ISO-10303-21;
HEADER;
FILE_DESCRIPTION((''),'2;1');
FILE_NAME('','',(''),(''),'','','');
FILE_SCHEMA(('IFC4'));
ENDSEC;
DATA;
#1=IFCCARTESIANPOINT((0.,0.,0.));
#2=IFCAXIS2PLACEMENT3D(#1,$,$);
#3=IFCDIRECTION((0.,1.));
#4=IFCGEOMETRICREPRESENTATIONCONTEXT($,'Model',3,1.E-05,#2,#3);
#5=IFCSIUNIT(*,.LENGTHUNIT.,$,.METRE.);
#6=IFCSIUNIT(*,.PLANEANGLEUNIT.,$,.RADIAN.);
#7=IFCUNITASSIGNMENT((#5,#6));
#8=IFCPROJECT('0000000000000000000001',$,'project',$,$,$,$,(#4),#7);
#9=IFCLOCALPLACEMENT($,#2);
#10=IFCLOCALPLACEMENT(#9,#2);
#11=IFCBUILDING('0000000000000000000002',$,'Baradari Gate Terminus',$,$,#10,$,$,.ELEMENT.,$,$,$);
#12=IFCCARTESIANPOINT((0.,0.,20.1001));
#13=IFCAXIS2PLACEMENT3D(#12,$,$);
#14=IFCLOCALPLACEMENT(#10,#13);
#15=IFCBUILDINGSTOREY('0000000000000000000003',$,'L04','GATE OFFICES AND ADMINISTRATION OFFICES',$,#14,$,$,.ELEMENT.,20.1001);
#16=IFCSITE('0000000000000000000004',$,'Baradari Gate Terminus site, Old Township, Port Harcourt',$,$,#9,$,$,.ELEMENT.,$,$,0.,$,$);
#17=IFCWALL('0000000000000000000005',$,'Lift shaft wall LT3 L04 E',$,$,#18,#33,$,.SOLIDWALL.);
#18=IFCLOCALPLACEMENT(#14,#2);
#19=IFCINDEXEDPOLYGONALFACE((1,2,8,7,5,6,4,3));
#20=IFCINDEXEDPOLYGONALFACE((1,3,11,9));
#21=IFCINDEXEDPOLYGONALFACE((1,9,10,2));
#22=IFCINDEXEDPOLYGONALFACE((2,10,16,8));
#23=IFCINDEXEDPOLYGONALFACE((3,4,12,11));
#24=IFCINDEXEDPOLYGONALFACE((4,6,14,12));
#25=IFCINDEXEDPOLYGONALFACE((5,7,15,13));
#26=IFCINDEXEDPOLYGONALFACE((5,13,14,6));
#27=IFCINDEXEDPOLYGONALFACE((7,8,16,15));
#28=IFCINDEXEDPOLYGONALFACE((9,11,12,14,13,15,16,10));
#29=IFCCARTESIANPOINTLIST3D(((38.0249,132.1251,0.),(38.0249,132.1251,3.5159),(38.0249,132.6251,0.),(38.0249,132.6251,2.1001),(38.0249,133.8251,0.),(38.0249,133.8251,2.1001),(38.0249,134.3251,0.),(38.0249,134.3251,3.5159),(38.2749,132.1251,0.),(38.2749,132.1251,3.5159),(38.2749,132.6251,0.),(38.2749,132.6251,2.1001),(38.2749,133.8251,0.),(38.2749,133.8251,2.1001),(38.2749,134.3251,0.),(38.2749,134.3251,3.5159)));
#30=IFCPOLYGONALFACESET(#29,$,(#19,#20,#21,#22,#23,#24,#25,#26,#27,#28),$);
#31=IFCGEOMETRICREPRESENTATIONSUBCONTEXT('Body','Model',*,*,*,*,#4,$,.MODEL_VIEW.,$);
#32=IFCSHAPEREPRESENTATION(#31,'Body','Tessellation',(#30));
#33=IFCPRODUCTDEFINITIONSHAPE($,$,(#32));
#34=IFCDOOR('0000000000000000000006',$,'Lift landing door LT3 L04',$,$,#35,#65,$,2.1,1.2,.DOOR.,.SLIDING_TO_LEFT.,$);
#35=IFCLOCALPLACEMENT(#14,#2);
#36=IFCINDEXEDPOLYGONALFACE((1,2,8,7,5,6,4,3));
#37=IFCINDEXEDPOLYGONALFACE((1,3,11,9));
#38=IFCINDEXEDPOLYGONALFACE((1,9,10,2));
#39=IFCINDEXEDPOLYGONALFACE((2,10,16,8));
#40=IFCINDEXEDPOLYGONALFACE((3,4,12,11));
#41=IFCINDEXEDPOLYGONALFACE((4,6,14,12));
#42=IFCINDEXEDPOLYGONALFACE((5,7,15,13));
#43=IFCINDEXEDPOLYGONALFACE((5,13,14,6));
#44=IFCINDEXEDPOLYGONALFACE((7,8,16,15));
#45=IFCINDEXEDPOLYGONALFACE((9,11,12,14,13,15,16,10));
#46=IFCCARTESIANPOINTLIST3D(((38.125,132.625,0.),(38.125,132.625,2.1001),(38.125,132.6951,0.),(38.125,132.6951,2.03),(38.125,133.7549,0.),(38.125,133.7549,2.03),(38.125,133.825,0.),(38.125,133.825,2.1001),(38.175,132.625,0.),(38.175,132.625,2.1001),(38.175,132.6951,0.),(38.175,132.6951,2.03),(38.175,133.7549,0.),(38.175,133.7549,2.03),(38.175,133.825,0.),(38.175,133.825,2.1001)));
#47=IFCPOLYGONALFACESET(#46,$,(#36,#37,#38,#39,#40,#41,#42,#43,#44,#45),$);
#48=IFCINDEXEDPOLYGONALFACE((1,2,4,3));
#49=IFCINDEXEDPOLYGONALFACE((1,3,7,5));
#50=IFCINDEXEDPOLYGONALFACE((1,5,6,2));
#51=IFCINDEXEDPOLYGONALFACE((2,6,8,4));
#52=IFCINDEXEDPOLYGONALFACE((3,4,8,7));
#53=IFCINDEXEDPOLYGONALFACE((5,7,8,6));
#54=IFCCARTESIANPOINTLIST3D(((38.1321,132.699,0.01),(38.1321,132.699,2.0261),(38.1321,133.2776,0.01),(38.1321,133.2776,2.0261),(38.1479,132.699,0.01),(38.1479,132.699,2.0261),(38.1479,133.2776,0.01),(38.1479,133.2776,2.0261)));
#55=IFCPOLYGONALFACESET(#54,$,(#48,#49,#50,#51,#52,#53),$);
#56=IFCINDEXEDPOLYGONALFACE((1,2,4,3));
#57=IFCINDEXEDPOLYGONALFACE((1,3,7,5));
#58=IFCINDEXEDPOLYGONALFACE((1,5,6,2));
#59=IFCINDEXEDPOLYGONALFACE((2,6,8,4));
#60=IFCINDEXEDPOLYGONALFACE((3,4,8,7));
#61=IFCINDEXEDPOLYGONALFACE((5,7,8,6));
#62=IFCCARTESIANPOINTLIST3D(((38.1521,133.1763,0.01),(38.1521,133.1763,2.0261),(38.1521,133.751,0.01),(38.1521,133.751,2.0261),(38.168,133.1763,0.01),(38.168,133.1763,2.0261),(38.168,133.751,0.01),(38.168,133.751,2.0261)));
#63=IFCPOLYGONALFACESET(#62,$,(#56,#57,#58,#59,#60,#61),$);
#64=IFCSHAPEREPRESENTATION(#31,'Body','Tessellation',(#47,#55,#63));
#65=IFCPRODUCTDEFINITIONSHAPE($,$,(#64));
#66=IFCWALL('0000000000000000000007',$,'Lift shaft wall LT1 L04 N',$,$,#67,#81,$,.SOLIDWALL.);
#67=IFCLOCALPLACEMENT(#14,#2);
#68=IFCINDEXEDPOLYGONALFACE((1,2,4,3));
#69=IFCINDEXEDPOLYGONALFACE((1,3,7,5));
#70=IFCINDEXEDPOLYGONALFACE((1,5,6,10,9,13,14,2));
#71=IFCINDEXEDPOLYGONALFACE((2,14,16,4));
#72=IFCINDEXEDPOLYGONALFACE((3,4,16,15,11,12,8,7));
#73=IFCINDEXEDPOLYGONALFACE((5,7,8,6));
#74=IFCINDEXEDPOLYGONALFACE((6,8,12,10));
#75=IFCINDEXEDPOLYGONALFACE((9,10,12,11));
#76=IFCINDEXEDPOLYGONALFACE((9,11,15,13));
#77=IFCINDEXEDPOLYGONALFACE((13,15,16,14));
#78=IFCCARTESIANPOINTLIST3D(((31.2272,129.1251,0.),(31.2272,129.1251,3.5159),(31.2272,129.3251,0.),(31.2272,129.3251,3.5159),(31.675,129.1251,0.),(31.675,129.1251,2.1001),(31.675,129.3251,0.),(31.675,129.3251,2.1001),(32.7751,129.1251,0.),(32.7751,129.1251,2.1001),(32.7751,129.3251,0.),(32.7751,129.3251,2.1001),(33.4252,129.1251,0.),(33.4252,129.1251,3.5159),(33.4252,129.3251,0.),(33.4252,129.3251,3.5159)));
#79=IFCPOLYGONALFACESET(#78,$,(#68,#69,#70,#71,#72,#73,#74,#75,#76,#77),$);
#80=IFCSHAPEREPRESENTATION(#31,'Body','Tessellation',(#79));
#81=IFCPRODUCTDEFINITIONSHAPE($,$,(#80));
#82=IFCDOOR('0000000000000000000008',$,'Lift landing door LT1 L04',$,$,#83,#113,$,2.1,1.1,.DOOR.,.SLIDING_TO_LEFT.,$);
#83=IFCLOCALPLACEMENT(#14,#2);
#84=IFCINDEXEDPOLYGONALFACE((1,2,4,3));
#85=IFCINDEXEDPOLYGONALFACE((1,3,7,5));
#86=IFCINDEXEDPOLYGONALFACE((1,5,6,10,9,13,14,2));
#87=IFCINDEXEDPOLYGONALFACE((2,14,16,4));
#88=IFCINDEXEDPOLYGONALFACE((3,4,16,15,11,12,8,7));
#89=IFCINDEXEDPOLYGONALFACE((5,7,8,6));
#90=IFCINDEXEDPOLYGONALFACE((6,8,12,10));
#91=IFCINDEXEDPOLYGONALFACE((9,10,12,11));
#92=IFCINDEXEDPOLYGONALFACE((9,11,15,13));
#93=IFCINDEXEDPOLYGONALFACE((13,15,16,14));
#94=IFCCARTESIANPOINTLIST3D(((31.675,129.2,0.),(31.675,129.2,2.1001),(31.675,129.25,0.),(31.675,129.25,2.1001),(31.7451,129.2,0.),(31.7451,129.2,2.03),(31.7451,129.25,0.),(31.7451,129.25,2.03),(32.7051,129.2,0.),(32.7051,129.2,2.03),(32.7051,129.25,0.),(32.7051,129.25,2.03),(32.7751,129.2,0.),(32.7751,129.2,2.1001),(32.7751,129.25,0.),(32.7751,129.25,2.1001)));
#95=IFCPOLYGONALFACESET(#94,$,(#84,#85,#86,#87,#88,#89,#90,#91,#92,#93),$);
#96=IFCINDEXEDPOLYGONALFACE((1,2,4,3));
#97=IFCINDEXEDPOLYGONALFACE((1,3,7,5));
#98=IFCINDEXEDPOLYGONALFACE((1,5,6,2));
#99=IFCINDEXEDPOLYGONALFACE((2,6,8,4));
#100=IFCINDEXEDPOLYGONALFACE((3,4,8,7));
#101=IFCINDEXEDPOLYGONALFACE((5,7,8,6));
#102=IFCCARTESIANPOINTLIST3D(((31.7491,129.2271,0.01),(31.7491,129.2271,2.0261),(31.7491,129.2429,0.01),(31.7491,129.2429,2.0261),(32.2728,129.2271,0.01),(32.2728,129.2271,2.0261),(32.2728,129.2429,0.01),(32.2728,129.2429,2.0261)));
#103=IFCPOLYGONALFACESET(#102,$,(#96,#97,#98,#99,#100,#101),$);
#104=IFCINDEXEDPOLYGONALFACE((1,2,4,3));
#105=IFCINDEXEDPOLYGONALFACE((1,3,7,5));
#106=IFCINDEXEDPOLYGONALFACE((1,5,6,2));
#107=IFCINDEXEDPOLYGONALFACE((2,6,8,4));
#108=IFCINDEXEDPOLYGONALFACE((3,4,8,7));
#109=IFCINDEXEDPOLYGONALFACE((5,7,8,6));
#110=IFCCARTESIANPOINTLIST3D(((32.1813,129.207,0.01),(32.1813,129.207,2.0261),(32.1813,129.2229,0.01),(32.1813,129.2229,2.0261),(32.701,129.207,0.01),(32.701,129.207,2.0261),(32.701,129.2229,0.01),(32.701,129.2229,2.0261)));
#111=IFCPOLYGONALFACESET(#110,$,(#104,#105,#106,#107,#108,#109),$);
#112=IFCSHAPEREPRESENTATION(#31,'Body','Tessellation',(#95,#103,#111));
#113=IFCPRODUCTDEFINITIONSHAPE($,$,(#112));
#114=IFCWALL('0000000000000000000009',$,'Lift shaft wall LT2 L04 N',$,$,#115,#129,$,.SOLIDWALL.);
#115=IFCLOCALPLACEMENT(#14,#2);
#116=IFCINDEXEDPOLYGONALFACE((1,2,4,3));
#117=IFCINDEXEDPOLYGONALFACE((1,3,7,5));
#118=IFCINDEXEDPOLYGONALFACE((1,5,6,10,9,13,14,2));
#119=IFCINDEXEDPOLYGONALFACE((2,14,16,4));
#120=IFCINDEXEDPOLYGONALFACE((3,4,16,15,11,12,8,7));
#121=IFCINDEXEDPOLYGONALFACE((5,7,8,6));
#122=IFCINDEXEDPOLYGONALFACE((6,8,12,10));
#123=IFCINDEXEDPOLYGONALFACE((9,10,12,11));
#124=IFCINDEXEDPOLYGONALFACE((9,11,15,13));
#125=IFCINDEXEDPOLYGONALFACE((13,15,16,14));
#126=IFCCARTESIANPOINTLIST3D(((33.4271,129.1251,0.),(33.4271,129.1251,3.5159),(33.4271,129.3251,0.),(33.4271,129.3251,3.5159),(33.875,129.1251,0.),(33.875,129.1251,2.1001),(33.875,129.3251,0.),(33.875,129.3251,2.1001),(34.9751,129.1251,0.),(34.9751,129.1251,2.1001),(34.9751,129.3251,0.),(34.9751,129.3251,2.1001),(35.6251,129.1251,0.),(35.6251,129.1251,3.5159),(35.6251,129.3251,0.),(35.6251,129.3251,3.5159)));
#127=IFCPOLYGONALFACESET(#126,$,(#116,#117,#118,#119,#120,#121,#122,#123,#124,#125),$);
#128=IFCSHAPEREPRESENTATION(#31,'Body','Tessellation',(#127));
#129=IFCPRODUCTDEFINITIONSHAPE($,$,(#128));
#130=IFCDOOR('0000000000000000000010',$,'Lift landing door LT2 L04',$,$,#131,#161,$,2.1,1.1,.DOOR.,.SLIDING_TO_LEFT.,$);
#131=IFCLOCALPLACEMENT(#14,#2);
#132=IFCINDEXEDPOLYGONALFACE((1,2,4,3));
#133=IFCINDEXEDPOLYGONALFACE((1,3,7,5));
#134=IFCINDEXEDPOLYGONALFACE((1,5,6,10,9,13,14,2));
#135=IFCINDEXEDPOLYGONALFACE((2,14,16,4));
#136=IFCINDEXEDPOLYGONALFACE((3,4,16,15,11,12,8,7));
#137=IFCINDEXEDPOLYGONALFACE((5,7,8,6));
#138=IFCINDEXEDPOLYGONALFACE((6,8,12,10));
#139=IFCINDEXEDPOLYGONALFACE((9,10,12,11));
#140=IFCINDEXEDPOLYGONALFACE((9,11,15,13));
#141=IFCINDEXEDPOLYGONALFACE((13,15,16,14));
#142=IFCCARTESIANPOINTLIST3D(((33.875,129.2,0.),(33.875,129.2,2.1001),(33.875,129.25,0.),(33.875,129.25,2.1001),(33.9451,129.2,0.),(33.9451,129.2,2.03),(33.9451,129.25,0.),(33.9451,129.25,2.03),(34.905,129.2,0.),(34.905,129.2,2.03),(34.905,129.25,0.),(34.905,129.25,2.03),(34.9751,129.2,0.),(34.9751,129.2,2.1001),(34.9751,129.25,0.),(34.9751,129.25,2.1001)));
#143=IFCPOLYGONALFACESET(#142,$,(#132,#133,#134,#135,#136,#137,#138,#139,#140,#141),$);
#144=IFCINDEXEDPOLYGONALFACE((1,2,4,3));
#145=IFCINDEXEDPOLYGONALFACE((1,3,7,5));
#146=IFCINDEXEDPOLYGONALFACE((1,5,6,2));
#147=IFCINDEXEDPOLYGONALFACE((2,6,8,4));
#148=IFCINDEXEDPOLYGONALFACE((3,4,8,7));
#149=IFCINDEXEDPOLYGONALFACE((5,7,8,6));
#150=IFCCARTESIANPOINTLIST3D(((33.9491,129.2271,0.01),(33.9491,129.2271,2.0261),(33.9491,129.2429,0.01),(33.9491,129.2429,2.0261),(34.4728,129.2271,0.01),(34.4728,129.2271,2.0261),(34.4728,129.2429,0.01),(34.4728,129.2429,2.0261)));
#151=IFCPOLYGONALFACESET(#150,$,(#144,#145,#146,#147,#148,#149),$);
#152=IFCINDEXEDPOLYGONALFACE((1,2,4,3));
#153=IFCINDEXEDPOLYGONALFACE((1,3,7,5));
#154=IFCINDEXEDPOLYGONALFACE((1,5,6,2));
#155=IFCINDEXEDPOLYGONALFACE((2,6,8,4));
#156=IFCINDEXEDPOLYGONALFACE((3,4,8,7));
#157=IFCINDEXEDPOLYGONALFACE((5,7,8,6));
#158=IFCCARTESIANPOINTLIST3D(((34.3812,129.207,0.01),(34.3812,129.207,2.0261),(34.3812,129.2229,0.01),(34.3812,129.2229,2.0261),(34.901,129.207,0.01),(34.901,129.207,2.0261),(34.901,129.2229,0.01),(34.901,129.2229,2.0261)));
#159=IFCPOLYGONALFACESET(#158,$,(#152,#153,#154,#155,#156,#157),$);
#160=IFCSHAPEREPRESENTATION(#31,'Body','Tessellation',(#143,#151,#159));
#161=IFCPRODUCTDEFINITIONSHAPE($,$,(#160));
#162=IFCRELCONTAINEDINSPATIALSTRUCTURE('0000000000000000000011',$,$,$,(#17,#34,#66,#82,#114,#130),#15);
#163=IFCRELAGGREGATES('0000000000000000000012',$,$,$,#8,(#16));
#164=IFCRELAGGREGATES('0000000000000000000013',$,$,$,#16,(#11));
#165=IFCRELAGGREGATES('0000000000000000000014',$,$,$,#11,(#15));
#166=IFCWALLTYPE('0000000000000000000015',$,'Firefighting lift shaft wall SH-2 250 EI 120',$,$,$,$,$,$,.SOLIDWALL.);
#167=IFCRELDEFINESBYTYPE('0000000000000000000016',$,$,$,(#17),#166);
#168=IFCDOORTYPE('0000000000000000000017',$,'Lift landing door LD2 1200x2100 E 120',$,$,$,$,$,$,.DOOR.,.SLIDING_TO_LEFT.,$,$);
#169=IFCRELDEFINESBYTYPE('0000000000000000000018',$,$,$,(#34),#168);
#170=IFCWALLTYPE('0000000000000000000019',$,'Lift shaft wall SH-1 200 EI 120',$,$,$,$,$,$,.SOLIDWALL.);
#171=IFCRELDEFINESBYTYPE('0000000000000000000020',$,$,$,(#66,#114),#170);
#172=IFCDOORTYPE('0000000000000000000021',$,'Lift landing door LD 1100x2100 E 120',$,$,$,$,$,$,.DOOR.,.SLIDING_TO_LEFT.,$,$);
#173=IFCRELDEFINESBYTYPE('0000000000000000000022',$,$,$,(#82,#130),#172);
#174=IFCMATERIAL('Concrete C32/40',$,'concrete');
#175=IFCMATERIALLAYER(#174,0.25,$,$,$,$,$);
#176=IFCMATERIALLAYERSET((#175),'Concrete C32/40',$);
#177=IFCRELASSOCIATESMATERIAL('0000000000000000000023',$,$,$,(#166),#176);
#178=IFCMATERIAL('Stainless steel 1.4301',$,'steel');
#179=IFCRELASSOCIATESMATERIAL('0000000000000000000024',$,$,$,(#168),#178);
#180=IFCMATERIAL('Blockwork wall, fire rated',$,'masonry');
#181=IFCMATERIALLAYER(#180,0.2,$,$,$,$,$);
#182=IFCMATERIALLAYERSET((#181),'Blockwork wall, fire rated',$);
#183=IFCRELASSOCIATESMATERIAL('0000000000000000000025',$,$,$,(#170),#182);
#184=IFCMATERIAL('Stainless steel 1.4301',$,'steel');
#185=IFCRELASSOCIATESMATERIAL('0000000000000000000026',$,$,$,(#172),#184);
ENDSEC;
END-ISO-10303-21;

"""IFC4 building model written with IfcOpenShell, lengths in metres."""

from ifc_helpers import new_model, si_unit, direction, frame, frame_2d, origin, place, context, subcontext, project, spatial, polyline, rectangle, outline, extrude, material, layer, layer_set, type_object, element, fill, save


model = new_model("IFC4")

# Units and contexts
model_context = context("Model", 3, precision=1e-05, world=origin(), true_north=direction((0.0, 1.0)))
body_context = subcontext(model_context, "Body", "Model", "MODEL_VIEW")
ifc_project = project(units=[si_unit("LENGTHUNIT", "METRE"), si_unit("PLANEANGLEUNIT", "RADIAN")], contexts=[model_context])

# Site, building, storey
site_placement = place(None, origin())
site = spatial("IfcSite", under=ifc_project, at=site_placement, Name="Baradari Gate Terminus site, Old Township, Port Harcourt", CompositionType="ELEMENT", RefElevation=0.0)
building_placement = place(site_placement, origin())
building = spatial("IfcBuilding", under=site, at=building_placement, Name="Baradari Gate Terminus", CompositionType="ELEMENT")
storey_placement = place(building_placement, frame((0.0, 0.0, 20.1001)))
storey = spatial("IfcBuildingStorey", under=building, at=storey_placement, Name="L04", Description="GATE OFFICES AND ADMINISTRATION OFFICES", CompositionType="ELEMENT", Elevation=20.1001)

# Shared definitions
ifc_material_1 = material(Name="Concrete C32/40", Category="concrete")
ifc_layer_1 = layer(ifc_material_1, 0.25)
ifc_layer_set_1 = layer_set([ifc_layer_1], Name="Concrete C32/40")
wall_type_1 = type_object("IfcWallType", Name="Firefighting lift shaft wall SH-2 250 EI 120", PredefinedType="SOLIDWALL", material=ifc_layer_set_1)

# Walls, openings, doors
wall_1_placement = place(storey_placement, frame((38.1499, 132.125, 0.0), z_axis=(0.0, 0.0, 1.0), x_axis=(0.0, 1.0, 0.0)))
wall_1 = element("IfcWall", 1, at=wall_1_placement, inside=storey, type_object=wall_type_1, Name="Lift shaft wall LT3 L04 E", PredefinedType="SOLIDWALL", context=body_context, shape_type="SweptSolid", body=[
    extrude(rectangle(XDim=2.2, YDim=0.25, at=frame_2d((1.1001, 0.0))), origin(), (0.0, 0.0, 1.0), 3.5159),
])
opening_1_placement = place(wall_1_placement, frame((0.5, 0.0, 0.0)))
opening_1 = element("IfcOpeningElement", 2, at=opening_1_placement, cuts=wall_1, PredefinedType="OPENING", context=body_context, shape_type="SweptSolid", body=[
    extrude(rectangle(XDim=1.2, YDim=2.1001, at=frame_2d((0.6001, 1.05))), frame((0.0, 0.135, 0.0), z_axis=(0.0, -1.0, 0.0), x_axis=(1.0, 0.0, 0.0)), (0.0, 0.0, 1.0), 0.27),
])
ifc_material_2 = material(Name="Stainless steel 1.4301", Category="steel")
door_type_1 = type_object("IfcDoorType", Name="Lift landing door LD2 1200x2100 E 120", OperationType="SLIDING_TO_LEFT", PredefinedType="DOOR", material=ifc_material_2)
door_1_placement = place(opening_1_placement, origin())
door_1 = element("IfcDoor", 3, at=door_1_placement, inside=storey, type_object=door_type_1, Name="Lift landing door LT3 L04", OperationType="SLIDING_TO_LEFT", OverallHeight=2.1, OverallWidth=1.2, PredefinedType="DOOR", context=body_context, shape_type="SweptSolid", body=[
    extrude(outline(polyline([(0.0, 0.0), (0.0701, 0.0), (0.0701, 2.03), (1.1299, 2.03), (1.1299, 0.0), (1.2, 0.0), (1.2, 2.1001), (0.0, 2.1001), (0.0, 0.0)])), frame((0.0, 0.0249, 0.0), z_axis=(0.0, -1.0, 0.0), x_axis=(1.0, 0.0, 0.0)), (0.0, 0.0, 1.0), 0.05),
    extrude(rectangle(XDim=0.5786, YDim=2.0161, at=frame_2d((0.3633, 1.0181))), frame((0.0, 0.0178, 0.0), z_axis=(0.0, -1.0, 0.0), x_axis=(1.0, 0.0, 0.0)), (0.0, 0.0, 1.0), 0.0159),
    extrude(rectangle(XDim=0.5747, YDim=2.0161, at=frame_2d((0.8386, 1.0181))), frame((0.0, -0.0022, 0.0), z_axis=(0.0, -1.0, 0.0), x_axis=(1.0, 0.0, 0.0)), (0.0, 0.0, 1.0), 0.0159),
])
fill(opening_1, door_1)
ifc_material_3 = material(Name="Blockwork wall, fire rated", Category="masonry")
ifc_layer_2 = layer(ifc_material_3, 0.2)
ifc_layer_set_2 = layer_set([ifc_layer_2], Name="Blockwork wall, fire rated")
wall_type_2 = type_object("IfcWallType", Name="Lift shaft wall SH-1 200 EI 120", PredefinedType="SOLIDWALL", material=ifc_layer_set_2)
wall_2_placement = place(storey_placement, frame((31.2271, 129.2251, 0.0), z_axis=(0.0, 0.0, 1.0), x_axis=(1.0, 0.0, 0.0)))
wall_2 = element("IfcWall", 4, at=wall_2_placement, inside=storey, type_object=wall_type_2, Name="Lift shaft wall LT1 L04 N", PredefinedType="SOLIDWALL", context=body_context, shape_type="SweptSolid", body=[
    extrude(rectangle(XDim=2.198, YDim=0.2, at=frame_2d((1.0991, 0.0))), origin(), (0.0, 0.0, 1.0), 3.5159),
])
opening_2_placement = place(wall_2_placement, frame((0.448, 0.0, 0.0)))
opening_2 = element("IfcOpeningElement", 5, at=opening_2_placement, cuts=wall_2, PredefinedType="OPENING", context=body_context, shape_type="SweptSolid", body=[
    extrude(rectangle(XDim=1.1001, YDim=2.1001, at=frame_2d((0.55, 1.05))), frame((0.0, 0.1099, 0.0), z_axis=(0.0, -1.0, 0.0), x_axis=(1.0, 0.0, 0.0)), (0.0, 0.0, 1.0), 0.22),
])
ifc_material_4 = material(Name="Stainless steel 1.4301", Category="steel")
door_type_2 = type_object("IfcDoorType", Name="Lift landing door LD 1100x2100 E 120", OperationType="SLIDING_TO_LEFT", PredefinedType="DOOR", material=ifc_material_4)
door_2_placement = place(opening_2_placement, origin())
door_2 = element("IfcDoor", 6, at=door_2_placement, inside=storey, type_object=door_type_2, Name="Lift landing door LT1 L04", OperationType="SLIDING_TO_LEFT", OverallHeight=2.1, OverallWidth=1.1, PredefinedType="DOOR", context=body_context, shape_type="SweptSolid", body=[
    extrude(outline(polyline([(0.0, 0.0), (0.0701, 0.0), (0.0701, 2.03), (1.03, 2.03), (1.03, 0.0), (1.1001, 0.0), (1.1001, 2.1001), (0.0, 2.1001), (0.0, 0.0)])), frame((0.0, 0.0249, 0.0), z_axis=(0.0, -1.0, 0.0), x_axis=(1.0, 0.0, 0.0)), (0.0, 0.0, 1.0), 0.05),
    extrude(rectangle(XDim=0.5237, YDim=2.0161, at=frame_2d((0.3359, 1.0181))), frame((0.0, 0.0178, 0.0), z_axis=(0.0, -1.0, 0.0), x_axis=(1.0, 0.0, 0.0)), (0.0, 0.0, 1.0), 0.0159),
    extrude(rectangle(XDim=0.5198, YDim=2.0161, at=frame_2d((0.7661, 1.0181))), frame((0.0, -0.0022, 0.0), z_axis=(0.0, -1.0, 0.0), x_axis=(1.0, 0.0, 0.0)), (0.0, 0.0, 1.0), 0.0159),
])
fill(opening_2, door_2)
wall_3_placement = place(storey_placement, frame((33.427, 129.2251, 0.0), z_axis=(0.0, 0.0, 1.0), x_axis=(1.0, 0.0, 0.0)))
wall_3 = element("IfcWall", 7, at=wall_3_placement, inside=storey, type_object=wall_type_2, Name="Lift shaft wall LT2 L04 N", PredefinedType="SOLIDWALL", context=body_context, shape_type="SweptSolid", body=[
    extrude(rectangle(XDim=2.198, YDim=0.2, at=frame_2d((1.0991, 0.0))), origin(), (0.0, 0.0, 1.0), 3.5159),
])
opening_3_placement = place(wall_3_placement, frame((0.448, 0.0, 0.0)))
opening_3 = element("IfcOpeningElement", 8, at=opening_3_placement, cuts=wall_3, PredefinedType="OPENING", context=body_context, shape_type="SweptSolid", body=[
    extrude(rectangle(XDim=1.1001, YDim=2.1001, at=frame_2d((0.55, 1.05))), frame((0.0, 0.1099, 0.0), z_axis=(0.0, -1.0, 0.0), x_axis=(1.0, 0.0, 0.0)), (0.0, 0.0, 1.0), 0.22),
])
door_3_placement = place(opening_3_placement, origin())
door_3 = element("IfcDoor", 9, at=door_3_placement, inside=storey, type_object=door_type_2, Name="Lift landing door LT2 L04", OperationType="SLIDING_TO_LEFT", OverallHeight=2.1, OverallWidth=1.1, PredefinedType="DOOR", context=body_context, shape_type="SweptSolid", body=[
    extrude(outline(polyline([(0.0, 0.0), (0.0701, 0.0), (0.0701, 2.03), (1.03, 2.03), (1.03, 0.0), (1.1001, 0.0), (1.1001, 2.1001), (0.0, 2.1001), (0.0, 0.0)])), frame((0.0, 0.0249, 0.0), z_axis=(0.0, -1.0, 0.0), x_axis=(1.0, 0.0, 0.0)), (0.0, 0.0, 1.0), 0.05),
    extrude(rectangle(XDim=0.5237, YDim=2.0161, at=frame_2d((0.3359, 1.0181))), frame((0.0, 0.0178, 0.0), z_axis=(0.0, -1.0, 0.0), x_axis=(1.0, 0.0, 0.0)), (0.0, 0.0, 1.0), 0.0159),
    extrude(rectangle(XDim=0.5198, YDim=2.0161, at=frame_2d((0.7661, 1.0181))), frame((0.0, -0.0022, 0.0), z_axis=(0.0, -1.0, 0.0), x_axis=(1.0, 0.0, 0.0)), (0.0, 0.0, 1.0), 0.0159),
])
fill(opening_3, door_3)

save(model, "model.ifc")
